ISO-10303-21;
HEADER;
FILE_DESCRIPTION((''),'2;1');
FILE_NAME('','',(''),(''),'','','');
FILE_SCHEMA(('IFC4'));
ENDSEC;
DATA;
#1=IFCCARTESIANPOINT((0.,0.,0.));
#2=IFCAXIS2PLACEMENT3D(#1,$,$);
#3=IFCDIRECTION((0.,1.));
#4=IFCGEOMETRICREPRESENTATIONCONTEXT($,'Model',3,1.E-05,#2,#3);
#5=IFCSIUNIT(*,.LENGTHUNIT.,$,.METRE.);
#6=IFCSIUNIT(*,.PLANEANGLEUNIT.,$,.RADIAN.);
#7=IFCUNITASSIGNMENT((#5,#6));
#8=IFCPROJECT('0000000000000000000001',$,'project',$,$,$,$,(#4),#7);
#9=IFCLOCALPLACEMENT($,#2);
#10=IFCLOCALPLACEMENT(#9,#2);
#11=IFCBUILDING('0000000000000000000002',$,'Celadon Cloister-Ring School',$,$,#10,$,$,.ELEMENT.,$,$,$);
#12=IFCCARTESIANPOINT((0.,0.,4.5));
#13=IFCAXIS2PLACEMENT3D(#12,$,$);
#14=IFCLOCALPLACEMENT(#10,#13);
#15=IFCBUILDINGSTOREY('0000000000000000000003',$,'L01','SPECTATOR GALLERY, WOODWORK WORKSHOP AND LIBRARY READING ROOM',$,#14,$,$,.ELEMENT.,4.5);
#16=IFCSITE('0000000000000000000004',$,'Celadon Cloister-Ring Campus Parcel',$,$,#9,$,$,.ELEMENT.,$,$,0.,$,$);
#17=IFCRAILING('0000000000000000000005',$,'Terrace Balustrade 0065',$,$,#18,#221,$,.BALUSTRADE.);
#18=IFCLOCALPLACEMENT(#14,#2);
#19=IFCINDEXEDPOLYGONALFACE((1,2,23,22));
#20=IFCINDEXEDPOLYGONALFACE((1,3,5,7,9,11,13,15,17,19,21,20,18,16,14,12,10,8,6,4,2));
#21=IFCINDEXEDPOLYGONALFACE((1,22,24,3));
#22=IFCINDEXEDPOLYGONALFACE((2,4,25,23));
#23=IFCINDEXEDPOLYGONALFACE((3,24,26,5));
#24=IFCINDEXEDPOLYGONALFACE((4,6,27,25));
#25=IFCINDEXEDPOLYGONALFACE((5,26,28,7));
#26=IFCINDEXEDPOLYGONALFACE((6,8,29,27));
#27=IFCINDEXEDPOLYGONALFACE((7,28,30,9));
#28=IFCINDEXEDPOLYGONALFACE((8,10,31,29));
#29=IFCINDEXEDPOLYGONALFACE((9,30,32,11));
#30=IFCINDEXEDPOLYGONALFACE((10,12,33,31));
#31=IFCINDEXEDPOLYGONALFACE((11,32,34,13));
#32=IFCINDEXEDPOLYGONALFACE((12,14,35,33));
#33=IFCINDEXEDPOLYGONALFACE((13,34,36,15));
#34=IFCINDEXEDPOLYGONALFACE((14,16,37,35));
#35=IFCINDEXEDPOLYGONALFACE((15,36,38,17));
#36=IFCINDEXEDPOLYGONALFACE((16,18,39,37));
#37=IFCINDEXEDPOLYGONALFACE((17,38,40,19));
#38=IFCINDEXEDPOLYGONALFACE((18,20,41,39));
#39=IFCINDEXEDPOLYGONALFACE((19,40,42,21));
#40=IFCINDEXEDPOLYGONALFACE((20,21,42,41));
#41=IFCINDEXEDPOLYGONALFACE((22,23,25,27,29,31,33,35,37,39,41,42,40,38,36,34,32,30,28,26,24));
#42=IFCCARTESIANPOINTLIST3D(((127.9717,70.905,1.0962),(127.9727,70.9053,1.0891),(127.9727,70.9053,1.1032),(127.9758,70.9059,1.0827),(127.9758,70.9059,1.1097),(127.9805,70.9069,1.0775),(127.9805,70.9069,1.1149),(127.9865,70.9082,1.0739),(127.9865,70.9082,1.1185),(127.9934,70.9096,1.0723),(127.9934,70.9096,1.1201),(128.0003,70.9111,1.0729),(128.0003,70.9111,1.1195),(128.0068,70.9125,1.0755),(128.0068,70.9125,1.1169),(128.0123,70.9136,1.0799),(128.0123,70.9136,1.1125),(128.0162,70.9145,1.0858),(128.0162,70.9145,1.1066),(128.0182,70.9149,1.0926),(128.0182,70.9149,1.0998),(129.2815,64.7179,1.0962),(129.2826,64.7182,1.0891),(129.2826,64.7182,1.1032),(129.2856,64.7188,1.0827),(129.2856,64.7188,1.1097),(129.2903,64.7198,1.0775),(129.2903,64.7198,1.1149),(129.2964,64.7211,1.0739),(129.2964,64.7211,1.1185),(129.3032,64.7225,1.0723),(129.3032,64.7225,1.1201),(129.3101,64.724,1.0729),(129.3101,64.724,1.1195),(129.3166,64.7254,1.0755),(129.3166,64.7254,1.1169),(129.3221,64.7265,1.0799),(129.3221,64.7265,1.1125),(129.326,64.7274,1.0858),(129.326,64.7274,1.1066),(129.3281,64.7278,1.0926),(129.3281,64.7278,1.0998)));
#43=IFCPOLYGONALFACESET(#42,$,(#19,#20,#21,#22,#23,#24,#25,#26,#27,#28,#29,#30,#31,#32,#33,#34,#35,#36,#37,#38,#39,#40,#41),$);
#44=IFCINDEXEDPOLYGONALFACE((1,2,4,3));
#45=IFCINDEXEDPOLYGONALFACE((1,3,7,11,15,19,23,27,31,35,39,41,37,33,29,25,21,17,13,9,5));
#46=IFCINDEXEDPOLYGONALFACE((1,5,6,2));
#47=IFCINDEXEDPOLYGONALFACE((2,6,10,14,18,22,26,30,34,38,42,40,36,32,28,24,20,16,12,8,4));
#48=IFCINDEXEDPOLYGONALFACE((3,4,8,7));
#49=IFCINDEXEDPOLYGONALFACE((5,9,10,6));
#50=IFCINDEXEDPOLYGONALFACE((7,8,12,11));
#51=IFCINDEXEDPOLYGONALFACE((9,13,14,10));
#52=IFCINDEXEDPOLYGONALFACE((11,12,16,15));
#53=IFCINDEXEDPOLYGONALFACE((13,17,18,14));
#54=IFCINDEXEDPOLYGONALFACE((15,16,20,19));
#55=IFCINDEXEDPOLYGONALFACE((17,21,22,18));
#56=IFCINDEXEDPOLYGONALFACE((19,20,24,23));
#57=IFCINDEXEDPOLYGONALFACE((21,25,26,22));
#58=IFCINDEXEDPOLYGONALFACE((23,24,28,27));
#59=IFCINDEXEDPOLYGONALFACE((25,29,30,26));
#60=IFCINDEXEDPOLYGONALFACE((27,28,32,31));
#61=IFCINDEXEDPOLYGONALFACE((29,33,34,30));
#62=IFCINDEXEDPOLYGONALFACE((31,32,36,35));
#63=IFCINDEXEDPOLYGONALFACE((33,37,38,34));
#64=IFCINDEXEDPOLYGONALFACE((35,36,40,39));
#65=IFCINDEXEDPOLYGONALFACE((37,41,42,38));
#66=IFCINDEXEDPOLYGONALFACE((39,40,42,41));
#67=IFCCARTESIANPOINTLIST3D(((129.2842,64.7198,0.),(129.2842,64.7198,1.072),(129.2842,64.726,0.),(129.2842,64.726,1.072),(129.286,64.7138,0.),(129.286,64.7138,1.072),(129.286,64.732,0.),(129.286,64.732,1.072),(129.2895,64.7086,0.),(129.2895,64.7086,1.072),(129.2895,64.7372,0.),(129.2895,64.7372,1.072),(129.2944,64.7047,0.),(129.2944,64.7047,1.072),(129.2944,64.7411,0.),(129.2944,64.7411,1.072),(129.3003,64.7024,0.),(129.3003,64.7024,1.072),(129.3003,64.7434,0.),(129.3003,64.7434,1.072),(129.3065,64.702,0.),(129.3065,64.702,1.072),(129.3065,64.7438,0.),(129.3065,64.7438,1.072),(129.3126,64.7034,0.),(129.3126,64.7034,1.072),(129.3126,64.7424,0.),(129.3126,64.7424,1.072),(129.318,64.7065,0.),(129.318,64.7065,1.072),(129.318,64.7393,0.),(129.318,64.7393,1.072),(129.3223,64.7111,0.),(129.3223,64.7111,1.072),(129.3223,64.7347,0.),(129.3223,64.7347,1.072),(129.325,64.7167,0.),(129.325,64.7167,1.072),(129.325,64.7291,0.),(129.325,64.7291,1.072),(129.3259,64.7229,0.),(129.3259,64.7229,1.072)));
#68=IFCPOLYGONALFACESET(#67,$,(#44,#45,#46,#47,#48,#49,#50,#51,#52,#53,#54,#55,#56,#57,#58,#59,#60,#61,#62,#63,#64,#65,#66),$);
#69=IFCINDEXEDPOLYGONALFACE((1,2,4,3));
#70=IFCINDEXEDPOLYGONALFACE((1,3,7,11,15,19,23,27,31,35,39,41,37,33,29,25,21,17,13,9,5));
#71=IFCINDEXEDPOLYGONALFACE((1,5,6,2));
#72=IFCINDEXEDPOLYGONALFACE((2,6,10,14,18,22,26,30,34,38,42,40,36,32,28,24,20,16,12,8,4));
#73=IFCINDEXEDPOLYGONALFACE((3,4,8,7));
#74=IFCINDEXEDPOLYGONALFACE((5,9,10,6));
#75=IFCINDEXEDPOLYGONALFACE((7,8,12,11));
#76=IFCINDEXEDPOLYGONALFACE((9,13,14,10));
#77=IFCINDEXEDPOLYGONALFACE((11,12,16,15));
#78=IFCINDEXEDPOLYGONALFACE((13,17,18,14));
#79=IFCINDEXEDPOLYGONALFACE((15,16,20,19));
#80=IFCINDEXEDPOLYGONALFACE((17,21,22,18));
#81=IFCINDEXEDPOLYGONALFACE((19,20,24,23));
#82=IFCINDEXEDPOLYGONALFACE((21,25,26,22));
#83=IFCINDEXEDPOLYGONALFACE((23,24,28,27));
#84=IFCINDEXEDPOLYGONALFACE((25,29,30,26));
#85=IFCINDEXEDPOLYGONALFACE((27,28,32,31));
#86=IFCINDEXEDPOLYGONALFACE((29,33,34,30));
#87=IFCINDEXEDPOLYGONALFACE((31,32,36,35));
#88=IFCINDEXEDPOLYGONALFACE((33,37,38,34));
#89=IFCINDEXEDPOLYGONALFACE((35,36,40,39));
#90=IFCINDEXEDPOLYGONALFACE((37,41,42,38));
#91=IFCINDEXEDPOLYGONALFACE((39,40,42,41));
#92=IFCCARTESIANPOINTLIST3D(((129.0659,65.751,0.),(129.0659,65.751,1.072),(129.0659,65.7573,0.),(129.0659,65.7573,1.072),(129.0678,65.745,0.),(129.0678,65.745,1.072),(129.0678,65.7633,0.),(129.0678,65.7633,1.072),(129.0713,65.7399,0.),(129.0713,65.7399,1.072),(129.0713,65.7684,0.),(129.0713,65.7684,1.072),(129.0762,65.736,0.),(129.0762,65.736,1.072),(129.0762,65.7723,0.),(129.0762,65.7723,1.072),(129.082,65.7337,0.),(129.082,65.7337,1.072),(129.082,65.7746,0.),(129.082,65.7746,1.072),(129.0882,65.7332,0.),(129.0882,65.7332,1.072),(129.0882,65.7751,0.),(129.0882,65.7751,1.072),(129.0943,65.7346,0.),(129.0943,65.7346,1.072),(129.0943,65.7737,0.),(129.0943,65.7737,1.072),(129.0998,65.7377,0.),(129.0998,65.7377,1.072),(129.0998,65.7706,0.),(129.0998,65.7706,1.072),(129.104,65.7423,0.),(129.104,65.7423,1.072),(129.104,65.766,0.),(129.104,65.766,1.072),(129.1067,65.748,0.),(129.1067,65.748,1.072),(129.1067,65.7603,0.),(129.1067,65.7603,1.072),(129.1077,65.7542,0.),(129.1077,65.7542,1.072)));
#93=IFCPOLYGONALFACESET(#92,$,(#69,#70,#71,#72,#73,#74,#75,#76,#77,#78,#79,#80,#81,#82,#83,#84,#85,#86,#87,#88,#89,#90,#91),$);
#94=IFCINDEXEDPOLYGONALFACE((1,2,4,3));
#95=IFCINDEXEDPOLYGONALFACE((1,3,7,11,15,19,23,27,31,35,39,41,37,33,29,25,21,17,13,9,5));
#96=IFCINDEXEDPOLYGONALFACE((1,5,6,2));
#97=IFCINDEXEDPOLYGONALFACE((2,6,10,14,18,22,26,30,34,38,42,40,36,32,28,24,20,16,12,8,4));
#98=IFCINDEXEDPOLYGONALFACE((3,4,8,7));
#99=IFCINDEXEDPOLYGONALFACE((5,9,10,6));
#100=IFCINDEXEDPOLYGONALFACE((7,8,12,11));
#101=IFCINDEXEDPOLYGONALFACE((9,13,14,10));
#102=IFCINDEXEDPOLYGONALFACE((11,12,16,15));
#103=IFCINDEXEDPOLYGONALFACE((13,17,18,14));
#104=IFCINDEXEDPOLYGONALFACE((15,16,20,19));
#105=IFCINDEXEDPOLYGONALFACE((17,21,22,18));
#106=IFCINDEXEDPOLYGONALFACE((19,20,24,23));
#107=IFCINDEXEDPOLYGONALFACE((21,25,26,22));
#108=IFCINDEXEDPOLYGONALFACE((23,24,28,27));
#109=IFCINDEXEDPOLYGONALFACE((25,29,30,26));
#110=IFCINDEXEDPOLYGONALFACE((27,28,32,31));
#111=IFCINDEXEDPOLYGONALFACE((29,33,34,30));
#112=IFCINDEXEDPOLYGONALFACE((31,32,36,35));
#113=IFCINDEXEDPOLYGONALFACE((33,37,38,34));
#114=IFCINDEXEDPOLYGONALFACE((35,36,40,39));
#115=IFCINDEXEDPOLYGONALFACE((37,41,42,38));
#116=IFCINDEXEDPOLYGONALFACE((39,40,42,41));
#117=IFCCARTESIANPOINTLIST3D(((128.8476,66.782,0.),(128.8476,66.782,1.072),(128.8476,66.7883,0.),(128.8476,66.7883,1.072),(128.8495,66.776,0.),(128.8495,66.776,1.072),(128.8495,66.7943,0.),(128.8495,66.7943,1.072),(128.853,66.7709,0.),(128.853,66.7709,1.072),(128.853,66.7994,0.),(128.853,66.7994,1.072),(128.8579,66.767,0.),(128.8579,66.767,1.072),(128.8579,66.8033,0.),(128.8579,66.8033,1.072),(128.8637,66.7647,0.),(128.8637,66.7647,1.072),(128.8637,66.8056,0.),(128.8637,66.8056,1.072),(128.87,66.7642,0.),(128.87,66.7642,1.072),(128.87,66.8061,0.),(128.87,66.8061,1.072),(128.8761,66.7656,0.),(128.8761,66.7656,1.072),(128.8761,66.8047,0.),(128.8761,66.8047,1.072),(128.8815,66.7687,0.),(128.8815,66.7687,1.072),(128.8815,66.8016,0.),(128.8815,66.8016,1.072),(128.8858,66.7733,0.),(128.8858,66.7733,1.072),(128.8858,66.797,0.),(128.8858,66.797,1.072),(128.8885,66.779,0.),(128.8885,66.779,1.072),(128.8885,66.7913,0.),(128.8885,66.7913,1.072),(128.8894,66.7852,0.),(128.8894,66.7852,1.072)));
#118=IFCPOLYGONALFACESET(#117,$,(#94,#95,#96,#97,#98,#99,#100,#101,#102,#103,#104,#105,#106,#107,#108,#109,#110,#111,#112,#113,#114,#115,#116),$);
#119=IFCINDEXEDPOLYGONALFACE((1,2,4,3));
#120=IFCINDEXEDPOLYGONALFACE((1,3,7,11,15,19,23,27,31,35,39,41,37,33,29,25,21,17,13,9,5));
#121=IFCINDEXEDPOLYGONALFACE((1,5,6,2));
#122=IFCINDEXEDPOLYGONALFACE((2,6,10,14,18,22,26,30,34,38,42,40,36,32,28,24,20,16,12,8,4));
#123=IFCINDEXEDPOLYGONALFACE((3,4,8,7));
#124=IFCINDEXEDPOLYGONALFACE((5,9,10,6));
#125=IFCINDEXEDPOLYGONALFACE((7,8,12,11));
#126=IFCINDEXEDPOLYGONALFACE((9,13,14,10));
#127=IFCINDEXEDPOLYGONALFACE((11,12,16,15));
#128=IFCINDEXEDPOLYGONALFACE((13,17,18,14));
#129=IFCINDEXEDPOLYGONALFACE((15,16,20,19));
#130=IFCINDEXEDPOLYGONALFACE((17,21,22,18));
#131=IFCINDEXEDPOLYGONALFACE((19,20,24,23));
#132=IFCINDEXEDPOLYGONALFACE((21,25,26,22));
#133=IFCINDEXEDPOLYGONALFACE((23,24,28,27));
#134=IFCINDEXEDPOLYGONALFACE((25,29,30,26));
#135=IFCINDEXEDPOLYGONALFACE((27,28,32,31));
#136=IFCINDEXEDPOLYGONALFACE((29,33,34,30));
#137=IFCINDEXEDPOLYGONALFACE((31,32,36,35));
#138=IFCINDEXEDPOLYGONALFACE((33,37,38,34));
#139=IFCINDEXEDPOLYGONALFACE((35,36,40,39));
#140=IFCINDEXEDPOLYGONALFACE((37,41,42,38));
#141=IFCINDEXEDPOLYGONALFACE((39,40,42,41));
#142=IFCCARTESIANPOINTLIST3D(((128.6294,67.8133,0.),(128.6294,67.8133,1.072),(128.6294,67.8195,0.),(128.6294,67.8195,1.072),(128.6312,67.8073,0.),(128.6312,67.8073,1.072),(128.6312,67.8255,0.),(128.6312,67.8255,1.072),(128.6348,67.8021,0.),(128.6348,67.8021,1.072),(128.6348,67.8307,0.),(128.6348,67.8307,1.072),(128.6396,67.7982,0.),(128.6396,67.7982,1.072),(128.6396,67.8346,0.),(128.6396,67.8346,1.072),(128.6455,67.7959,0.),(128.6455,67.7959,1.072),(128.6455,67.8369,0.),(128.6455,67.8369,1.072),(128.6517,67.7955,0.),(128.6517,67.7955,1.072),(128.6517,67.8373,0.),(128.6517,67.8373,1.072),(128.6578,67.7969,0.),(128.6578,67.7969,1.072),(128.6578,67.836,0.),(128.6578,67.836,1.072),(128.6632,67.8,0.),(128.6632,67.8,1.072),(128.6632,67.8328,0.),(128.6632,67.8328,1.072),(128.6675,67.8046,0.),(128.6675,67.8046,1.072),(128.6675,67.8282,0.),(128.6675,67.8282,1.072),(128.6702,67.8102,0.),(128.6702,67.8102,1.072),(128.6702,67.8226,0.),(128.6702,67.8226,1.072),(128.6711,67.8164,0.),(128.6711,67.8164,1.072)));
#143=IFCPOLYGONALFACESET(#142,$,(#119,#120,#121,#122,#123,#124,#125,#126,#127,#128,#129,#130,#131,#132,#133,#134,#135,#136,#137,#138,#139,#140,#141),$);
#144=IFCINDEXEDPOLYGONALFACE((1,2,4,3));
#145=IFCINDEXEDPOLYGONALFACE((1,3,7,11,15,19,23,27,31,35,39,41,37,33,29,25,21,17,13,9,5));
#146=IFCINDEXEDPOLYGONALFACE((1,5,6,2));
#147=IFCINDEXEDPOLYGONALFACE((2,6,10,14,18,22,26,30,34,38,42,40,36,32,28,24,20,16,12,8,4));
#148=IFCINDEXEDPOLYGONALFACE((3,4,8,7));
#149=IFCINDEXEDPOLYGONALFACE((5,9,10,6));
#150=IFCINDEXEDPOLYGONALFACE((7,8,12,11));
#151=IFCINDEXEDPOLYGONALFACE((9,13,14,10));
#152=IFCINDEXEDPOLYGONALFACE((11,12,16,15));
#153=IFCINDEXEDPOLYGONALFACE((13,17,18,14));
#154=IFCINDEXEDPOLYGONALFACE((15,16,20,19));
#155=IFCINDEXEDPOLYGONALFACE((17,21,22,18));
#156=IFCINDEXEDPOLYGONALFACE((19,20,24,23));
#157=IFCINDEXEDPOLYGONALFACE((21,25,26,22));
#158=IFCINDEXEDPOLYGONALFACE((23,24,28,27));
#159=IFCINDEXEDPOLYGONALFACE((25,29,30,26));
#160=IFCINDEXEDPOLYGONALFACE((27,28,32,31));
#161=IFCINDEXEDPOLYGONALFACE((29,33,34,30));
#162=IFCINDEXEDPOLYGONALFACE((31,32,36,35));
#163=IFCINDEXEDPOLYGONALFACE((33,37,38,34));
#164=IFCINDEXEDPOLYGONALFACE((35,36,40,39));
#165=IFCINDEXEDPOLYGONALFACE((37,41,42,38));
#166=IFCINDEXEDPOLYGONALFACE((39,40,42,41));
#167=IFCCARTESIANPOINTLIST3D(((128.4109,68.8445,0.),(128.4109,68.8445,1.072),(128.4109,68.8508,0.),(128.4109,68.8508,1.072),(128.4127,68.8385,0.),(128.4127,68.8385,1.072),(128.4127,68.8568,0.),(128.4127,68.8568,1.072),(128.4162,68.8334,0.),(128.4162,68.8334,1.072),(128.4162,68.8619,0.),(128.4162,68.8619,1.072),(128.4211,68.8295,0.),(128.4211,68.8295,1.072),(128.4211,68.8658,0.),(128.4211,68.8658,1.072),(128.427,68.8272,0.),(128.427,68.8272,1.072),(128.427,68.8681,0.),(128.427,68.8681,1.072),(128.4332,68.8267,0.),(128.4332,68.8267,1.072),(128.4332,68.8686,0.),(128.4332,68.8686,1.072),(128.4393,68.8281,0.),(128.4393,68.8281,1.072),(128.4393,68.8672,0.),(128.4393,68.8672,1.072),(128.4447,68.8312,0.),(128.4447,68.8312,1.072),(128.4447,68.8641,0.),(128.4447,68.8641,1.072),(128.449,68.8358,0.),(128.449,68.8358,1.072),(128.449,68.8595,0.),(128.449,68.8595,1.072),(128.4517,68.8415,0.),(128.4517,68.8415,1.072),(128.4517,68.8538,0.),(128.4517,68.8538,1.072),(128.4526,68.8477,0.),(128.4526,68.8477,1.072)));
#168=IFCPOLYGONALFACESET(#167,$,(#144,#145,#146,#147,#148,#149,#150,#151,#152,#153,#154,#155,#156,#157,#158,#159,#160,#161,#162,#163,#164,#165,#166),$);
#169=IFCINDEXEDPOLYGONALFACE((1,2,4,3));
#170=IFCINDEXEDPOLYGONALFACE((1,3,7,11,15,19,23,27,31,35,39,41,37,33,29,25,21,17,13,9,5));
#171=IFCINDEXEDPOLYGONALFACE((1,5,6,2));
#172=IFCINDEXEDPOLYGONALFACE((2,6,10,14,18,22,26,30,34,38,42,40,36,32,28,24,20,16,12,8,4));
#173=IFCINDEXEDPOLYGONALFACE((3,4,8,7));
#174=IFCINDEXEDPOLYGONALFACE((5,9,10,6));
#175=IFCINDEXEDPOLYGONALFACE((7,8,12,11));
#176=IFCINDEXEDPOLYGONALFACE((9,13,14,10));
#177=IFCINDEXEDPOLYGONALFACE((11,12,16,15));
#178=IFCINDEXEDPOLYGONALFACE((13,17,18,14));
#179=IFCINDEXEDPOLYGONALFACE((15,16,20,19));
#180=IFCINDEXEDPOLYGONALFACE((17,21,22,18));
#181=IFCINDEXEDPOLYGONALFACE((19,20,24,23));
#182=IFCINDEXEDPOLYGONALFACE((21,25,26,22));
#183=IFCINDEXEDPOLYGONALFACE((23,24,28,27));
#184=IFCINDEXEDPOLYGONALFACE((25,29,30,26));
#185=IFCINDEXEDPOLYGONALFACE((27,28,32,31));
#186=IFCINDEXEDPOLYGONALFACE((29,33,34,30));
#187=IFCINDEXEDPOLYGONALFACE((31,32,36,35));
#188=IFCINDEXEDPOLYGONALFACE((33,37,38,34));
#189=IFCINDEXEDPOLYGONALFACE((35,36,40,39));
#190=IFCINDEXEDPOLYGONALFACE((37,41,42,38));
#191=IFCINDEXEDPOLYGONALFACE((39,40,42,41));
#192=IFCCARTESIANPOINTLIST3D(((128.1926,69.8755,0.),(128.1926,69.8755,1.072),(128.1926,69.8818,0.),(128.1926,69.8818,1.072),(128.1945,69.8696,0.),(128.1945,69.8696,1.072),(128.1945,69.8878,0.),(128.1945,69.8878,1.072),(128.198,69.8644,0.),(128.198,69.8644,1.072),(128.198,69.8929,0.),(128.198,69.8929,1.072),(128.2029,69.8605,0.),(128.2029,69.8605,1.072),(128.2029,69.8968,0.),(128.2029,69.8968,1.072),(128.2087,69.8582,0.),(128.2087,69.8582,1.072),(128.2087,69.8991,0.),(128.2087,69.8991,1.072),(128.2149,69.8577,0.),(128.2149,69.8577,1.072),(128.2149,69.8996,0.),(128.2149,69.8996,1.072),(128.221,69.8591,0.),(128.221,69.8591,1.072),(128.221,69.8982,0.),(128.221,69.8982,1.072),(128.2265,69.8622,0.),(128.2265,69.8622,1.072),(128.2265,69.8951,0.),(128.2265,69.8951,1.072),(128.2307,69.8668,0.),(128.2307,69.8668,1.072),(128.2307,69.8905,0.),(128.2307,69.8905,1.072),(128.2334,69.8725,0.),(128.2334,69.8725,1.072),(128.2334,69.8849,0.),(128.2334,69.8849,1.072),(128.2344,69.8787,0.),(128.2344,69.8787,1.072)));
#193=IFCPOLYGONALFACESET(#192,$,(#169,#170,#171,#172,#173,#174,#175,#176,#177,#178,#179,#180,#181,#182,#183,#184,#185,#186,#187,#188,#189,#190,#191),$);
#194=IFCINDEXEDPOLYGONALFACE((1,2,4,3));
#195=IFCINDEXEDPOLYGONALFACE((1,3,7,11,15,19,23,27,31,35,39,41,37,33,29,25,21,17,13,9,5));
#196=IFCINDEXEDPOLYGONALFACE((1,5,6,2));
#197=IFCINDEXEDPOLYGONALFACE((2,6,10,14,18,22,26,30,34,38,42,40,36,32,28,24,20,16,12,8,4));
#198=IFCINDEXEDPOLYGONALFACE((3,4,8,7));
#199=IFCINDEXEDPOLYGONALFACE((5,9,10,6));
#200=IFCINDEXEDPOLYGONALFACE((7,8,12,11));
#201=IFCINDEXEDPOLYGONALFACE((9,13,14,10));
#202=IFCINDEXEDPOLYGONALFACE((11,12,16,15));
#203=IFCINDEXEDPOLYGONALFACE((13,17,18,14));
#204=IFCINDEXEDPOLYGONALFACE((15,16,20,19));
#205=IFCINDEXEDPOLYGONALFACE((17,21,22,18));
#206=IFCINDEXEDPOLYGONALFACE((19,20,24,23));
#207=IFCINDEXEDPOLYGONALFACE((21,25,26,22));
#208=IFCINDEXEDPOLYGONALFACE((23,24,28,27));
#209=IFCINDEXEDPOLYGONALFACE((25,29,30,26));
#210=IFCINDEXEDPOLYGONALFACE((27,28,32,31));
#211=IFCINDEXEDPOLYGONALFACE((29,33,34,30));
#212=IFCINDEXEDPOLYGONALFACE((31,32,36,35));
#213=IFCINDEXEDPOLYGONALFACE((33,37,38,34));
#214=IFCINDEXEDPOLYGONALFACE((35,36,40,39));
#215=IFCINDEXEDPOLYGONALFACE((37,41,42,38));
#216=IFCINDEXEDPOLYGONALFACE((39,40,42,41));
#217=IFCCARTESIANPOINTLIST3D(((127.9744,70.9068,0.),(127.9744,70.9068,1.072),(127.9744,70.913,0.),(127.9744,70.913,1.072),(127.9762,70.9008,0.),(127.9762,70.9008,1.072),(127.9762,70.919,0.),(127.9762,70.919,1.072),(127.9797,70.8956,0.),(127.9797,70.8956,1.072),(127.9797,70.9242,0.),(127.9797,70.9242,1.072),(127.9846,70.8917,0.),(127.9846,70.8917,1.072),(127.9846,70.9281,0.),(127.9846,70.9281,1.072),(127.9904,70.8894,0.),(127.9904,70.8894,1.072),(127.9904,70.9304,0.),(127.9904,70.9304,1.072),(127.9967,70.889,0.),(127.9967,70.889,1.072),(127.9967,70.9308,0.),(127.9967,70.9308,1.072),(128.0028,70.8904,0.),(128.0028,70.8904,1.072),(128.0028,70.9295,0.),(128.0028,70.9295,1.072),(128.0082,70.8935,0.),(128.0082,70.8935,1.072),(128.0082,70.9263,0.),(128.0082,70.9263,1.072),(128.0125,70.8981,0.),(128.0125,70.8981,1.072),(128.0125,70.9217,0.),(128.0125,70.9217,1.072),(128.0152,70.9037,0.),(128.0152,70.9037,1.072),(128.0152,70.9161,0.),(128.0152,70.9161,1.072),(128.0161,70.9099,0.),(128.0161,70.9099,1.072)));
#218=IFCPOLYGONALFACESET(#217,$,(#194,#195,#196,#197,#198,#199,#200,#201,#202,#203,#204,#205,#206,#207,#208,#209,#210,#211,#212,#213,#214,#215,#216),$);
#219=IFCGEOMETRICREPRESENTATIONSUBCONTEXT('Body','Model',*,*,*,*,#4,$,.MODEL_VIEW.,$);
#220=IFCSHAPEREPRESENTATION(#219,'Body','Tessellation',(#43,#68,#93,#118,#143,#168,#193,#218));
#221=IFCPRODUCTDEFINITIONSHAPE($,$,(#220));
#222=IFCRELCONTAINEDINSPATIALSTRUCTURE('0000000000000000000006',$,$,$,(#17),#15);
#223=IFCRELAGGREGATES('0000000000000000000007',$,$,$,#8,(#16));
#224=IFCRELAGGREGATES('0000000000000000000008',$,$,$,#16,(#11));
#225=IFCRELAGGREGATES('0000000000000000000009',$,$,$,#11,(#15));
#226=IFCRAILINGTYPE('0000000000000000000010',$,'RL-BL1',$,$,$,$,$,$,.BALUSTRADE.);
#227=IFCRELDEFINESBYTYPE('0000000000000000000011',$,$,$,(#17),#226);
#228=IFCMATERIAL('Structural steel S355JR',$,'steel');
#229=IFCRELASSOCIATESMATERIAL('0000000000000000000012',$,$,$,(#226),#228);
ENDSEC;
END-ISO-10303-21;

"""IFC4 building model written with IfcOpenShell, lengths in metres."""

from ifc_helpers import new_model, si_unit, direction, frame, origin, origin_2d, place, context, subcontext, project, spatial, circle, extrude, material, type_object, element, save


model = new_model("IFC4")

# Units and contexts
model_context = context("Model", 3, precision=1e-05, world=origin(), true_north=direction((0.0, 1.0)))
body_context = subcontext(model_context, "Body", "Model", "MODEL_VIEW")
ifc_project = project(units=[si_unit("LENGTHUNIT", "METRE"), si_unit("PLANEANGLEUNIT", "RADIAN")], contexts=[model_context])

# Site, building, storey
site_placement = place(None, origin())
site = spatial("IfcSite", under=ifc_project, at=site_placement, Name="Celadon Cloister-Ring Campus Parcel", CompositionType="ELEMENT", RefElevation=0.0)
building_placement = place(site_placement, origin())
building = spatial("IfcBuilding", under=site, at=building_placement, Name="Celadon Cloister-Ring School", CompositionType="ELEMENT")
storey_placement = place(building_placement, frame((0.0, 0.0, 4.5)))
storey = spatial("IfcBuildingStorey", under=building, at=storey_placement, Name="L01", Description="SPECTATOR GALLERY, WOODWORK WORKSHOP AND LIBRARY READING ROOM", CompositionType="ELEMENT", Elevation=4.5)

# Railing
ifc_material_1 = material(Name="Structural steel S355JR", Category="steel")
railing_type = type_object("IfcRailingType", Name="RL-BL1", PredefinedType="BALUSTRADE", material=ifc_material_1)
railing_placement = place(storey_placement, frame((129.3049, 64.7229, 0.0)))
element("IfcRailing", 1, at=railing_placement, inside=storey, type_object=railing_type, Name="Terrace Balustrade 0065", PredefinedType="BALUSTRADE", context=body_context, shape_type="SweptSolid", body=[
    extrude(circle(Radius=0.0239, at=origin_2d()), frame((0.0, 0.0, 1.0962), z_axis=(-0.207113, 0.978317, 0.0), x_axis=(-0.978317, -0.207113, 0.0)), (0.0, 0.0, 1.0), 6.3242),
    extrude(circle(Radius=0.021, at=origin_2d()), origin(), (0.0, 0.0, 1.0), 1.072),
    extrude(circle(Radius=0.021, at=origin_2d()), frame((-0.2183, 1.0312, 0.0)), (0.0, 0.0, 1.0), 1.072),
    extrude(circle(Radius=0.021, at=origin_2d()), frame((-0.4365, 2.0623, 0.0)), (0.0, 0.0, 1.0), 1.072),
    extrude(circle(Radius=0.021, at=origin_2d()), frame((-0.6548, 3.0935, 0.0)), (0.0, 0.0, 1.0), 1.072),
    extrude(circle(Radius=0.021, at=origin_2d()), frame((-0.8733, 4.1248, 0.0)), (0.0, 0.0, 1.0), 1.072),
    extrude(circle(Radius=0.021, at=origin_2d()), frame((-1.0916, 5.1558, 0.0)), (0.0, 0.0, 1.0), 1.072),
    extrude(circle(Radius=0.021, at=origin_2d()), frame((-1.3098, 6.187, 0.0)), (0.0, 0.0, 1.0), 1.072),
])

save(model, "model.ifc")
